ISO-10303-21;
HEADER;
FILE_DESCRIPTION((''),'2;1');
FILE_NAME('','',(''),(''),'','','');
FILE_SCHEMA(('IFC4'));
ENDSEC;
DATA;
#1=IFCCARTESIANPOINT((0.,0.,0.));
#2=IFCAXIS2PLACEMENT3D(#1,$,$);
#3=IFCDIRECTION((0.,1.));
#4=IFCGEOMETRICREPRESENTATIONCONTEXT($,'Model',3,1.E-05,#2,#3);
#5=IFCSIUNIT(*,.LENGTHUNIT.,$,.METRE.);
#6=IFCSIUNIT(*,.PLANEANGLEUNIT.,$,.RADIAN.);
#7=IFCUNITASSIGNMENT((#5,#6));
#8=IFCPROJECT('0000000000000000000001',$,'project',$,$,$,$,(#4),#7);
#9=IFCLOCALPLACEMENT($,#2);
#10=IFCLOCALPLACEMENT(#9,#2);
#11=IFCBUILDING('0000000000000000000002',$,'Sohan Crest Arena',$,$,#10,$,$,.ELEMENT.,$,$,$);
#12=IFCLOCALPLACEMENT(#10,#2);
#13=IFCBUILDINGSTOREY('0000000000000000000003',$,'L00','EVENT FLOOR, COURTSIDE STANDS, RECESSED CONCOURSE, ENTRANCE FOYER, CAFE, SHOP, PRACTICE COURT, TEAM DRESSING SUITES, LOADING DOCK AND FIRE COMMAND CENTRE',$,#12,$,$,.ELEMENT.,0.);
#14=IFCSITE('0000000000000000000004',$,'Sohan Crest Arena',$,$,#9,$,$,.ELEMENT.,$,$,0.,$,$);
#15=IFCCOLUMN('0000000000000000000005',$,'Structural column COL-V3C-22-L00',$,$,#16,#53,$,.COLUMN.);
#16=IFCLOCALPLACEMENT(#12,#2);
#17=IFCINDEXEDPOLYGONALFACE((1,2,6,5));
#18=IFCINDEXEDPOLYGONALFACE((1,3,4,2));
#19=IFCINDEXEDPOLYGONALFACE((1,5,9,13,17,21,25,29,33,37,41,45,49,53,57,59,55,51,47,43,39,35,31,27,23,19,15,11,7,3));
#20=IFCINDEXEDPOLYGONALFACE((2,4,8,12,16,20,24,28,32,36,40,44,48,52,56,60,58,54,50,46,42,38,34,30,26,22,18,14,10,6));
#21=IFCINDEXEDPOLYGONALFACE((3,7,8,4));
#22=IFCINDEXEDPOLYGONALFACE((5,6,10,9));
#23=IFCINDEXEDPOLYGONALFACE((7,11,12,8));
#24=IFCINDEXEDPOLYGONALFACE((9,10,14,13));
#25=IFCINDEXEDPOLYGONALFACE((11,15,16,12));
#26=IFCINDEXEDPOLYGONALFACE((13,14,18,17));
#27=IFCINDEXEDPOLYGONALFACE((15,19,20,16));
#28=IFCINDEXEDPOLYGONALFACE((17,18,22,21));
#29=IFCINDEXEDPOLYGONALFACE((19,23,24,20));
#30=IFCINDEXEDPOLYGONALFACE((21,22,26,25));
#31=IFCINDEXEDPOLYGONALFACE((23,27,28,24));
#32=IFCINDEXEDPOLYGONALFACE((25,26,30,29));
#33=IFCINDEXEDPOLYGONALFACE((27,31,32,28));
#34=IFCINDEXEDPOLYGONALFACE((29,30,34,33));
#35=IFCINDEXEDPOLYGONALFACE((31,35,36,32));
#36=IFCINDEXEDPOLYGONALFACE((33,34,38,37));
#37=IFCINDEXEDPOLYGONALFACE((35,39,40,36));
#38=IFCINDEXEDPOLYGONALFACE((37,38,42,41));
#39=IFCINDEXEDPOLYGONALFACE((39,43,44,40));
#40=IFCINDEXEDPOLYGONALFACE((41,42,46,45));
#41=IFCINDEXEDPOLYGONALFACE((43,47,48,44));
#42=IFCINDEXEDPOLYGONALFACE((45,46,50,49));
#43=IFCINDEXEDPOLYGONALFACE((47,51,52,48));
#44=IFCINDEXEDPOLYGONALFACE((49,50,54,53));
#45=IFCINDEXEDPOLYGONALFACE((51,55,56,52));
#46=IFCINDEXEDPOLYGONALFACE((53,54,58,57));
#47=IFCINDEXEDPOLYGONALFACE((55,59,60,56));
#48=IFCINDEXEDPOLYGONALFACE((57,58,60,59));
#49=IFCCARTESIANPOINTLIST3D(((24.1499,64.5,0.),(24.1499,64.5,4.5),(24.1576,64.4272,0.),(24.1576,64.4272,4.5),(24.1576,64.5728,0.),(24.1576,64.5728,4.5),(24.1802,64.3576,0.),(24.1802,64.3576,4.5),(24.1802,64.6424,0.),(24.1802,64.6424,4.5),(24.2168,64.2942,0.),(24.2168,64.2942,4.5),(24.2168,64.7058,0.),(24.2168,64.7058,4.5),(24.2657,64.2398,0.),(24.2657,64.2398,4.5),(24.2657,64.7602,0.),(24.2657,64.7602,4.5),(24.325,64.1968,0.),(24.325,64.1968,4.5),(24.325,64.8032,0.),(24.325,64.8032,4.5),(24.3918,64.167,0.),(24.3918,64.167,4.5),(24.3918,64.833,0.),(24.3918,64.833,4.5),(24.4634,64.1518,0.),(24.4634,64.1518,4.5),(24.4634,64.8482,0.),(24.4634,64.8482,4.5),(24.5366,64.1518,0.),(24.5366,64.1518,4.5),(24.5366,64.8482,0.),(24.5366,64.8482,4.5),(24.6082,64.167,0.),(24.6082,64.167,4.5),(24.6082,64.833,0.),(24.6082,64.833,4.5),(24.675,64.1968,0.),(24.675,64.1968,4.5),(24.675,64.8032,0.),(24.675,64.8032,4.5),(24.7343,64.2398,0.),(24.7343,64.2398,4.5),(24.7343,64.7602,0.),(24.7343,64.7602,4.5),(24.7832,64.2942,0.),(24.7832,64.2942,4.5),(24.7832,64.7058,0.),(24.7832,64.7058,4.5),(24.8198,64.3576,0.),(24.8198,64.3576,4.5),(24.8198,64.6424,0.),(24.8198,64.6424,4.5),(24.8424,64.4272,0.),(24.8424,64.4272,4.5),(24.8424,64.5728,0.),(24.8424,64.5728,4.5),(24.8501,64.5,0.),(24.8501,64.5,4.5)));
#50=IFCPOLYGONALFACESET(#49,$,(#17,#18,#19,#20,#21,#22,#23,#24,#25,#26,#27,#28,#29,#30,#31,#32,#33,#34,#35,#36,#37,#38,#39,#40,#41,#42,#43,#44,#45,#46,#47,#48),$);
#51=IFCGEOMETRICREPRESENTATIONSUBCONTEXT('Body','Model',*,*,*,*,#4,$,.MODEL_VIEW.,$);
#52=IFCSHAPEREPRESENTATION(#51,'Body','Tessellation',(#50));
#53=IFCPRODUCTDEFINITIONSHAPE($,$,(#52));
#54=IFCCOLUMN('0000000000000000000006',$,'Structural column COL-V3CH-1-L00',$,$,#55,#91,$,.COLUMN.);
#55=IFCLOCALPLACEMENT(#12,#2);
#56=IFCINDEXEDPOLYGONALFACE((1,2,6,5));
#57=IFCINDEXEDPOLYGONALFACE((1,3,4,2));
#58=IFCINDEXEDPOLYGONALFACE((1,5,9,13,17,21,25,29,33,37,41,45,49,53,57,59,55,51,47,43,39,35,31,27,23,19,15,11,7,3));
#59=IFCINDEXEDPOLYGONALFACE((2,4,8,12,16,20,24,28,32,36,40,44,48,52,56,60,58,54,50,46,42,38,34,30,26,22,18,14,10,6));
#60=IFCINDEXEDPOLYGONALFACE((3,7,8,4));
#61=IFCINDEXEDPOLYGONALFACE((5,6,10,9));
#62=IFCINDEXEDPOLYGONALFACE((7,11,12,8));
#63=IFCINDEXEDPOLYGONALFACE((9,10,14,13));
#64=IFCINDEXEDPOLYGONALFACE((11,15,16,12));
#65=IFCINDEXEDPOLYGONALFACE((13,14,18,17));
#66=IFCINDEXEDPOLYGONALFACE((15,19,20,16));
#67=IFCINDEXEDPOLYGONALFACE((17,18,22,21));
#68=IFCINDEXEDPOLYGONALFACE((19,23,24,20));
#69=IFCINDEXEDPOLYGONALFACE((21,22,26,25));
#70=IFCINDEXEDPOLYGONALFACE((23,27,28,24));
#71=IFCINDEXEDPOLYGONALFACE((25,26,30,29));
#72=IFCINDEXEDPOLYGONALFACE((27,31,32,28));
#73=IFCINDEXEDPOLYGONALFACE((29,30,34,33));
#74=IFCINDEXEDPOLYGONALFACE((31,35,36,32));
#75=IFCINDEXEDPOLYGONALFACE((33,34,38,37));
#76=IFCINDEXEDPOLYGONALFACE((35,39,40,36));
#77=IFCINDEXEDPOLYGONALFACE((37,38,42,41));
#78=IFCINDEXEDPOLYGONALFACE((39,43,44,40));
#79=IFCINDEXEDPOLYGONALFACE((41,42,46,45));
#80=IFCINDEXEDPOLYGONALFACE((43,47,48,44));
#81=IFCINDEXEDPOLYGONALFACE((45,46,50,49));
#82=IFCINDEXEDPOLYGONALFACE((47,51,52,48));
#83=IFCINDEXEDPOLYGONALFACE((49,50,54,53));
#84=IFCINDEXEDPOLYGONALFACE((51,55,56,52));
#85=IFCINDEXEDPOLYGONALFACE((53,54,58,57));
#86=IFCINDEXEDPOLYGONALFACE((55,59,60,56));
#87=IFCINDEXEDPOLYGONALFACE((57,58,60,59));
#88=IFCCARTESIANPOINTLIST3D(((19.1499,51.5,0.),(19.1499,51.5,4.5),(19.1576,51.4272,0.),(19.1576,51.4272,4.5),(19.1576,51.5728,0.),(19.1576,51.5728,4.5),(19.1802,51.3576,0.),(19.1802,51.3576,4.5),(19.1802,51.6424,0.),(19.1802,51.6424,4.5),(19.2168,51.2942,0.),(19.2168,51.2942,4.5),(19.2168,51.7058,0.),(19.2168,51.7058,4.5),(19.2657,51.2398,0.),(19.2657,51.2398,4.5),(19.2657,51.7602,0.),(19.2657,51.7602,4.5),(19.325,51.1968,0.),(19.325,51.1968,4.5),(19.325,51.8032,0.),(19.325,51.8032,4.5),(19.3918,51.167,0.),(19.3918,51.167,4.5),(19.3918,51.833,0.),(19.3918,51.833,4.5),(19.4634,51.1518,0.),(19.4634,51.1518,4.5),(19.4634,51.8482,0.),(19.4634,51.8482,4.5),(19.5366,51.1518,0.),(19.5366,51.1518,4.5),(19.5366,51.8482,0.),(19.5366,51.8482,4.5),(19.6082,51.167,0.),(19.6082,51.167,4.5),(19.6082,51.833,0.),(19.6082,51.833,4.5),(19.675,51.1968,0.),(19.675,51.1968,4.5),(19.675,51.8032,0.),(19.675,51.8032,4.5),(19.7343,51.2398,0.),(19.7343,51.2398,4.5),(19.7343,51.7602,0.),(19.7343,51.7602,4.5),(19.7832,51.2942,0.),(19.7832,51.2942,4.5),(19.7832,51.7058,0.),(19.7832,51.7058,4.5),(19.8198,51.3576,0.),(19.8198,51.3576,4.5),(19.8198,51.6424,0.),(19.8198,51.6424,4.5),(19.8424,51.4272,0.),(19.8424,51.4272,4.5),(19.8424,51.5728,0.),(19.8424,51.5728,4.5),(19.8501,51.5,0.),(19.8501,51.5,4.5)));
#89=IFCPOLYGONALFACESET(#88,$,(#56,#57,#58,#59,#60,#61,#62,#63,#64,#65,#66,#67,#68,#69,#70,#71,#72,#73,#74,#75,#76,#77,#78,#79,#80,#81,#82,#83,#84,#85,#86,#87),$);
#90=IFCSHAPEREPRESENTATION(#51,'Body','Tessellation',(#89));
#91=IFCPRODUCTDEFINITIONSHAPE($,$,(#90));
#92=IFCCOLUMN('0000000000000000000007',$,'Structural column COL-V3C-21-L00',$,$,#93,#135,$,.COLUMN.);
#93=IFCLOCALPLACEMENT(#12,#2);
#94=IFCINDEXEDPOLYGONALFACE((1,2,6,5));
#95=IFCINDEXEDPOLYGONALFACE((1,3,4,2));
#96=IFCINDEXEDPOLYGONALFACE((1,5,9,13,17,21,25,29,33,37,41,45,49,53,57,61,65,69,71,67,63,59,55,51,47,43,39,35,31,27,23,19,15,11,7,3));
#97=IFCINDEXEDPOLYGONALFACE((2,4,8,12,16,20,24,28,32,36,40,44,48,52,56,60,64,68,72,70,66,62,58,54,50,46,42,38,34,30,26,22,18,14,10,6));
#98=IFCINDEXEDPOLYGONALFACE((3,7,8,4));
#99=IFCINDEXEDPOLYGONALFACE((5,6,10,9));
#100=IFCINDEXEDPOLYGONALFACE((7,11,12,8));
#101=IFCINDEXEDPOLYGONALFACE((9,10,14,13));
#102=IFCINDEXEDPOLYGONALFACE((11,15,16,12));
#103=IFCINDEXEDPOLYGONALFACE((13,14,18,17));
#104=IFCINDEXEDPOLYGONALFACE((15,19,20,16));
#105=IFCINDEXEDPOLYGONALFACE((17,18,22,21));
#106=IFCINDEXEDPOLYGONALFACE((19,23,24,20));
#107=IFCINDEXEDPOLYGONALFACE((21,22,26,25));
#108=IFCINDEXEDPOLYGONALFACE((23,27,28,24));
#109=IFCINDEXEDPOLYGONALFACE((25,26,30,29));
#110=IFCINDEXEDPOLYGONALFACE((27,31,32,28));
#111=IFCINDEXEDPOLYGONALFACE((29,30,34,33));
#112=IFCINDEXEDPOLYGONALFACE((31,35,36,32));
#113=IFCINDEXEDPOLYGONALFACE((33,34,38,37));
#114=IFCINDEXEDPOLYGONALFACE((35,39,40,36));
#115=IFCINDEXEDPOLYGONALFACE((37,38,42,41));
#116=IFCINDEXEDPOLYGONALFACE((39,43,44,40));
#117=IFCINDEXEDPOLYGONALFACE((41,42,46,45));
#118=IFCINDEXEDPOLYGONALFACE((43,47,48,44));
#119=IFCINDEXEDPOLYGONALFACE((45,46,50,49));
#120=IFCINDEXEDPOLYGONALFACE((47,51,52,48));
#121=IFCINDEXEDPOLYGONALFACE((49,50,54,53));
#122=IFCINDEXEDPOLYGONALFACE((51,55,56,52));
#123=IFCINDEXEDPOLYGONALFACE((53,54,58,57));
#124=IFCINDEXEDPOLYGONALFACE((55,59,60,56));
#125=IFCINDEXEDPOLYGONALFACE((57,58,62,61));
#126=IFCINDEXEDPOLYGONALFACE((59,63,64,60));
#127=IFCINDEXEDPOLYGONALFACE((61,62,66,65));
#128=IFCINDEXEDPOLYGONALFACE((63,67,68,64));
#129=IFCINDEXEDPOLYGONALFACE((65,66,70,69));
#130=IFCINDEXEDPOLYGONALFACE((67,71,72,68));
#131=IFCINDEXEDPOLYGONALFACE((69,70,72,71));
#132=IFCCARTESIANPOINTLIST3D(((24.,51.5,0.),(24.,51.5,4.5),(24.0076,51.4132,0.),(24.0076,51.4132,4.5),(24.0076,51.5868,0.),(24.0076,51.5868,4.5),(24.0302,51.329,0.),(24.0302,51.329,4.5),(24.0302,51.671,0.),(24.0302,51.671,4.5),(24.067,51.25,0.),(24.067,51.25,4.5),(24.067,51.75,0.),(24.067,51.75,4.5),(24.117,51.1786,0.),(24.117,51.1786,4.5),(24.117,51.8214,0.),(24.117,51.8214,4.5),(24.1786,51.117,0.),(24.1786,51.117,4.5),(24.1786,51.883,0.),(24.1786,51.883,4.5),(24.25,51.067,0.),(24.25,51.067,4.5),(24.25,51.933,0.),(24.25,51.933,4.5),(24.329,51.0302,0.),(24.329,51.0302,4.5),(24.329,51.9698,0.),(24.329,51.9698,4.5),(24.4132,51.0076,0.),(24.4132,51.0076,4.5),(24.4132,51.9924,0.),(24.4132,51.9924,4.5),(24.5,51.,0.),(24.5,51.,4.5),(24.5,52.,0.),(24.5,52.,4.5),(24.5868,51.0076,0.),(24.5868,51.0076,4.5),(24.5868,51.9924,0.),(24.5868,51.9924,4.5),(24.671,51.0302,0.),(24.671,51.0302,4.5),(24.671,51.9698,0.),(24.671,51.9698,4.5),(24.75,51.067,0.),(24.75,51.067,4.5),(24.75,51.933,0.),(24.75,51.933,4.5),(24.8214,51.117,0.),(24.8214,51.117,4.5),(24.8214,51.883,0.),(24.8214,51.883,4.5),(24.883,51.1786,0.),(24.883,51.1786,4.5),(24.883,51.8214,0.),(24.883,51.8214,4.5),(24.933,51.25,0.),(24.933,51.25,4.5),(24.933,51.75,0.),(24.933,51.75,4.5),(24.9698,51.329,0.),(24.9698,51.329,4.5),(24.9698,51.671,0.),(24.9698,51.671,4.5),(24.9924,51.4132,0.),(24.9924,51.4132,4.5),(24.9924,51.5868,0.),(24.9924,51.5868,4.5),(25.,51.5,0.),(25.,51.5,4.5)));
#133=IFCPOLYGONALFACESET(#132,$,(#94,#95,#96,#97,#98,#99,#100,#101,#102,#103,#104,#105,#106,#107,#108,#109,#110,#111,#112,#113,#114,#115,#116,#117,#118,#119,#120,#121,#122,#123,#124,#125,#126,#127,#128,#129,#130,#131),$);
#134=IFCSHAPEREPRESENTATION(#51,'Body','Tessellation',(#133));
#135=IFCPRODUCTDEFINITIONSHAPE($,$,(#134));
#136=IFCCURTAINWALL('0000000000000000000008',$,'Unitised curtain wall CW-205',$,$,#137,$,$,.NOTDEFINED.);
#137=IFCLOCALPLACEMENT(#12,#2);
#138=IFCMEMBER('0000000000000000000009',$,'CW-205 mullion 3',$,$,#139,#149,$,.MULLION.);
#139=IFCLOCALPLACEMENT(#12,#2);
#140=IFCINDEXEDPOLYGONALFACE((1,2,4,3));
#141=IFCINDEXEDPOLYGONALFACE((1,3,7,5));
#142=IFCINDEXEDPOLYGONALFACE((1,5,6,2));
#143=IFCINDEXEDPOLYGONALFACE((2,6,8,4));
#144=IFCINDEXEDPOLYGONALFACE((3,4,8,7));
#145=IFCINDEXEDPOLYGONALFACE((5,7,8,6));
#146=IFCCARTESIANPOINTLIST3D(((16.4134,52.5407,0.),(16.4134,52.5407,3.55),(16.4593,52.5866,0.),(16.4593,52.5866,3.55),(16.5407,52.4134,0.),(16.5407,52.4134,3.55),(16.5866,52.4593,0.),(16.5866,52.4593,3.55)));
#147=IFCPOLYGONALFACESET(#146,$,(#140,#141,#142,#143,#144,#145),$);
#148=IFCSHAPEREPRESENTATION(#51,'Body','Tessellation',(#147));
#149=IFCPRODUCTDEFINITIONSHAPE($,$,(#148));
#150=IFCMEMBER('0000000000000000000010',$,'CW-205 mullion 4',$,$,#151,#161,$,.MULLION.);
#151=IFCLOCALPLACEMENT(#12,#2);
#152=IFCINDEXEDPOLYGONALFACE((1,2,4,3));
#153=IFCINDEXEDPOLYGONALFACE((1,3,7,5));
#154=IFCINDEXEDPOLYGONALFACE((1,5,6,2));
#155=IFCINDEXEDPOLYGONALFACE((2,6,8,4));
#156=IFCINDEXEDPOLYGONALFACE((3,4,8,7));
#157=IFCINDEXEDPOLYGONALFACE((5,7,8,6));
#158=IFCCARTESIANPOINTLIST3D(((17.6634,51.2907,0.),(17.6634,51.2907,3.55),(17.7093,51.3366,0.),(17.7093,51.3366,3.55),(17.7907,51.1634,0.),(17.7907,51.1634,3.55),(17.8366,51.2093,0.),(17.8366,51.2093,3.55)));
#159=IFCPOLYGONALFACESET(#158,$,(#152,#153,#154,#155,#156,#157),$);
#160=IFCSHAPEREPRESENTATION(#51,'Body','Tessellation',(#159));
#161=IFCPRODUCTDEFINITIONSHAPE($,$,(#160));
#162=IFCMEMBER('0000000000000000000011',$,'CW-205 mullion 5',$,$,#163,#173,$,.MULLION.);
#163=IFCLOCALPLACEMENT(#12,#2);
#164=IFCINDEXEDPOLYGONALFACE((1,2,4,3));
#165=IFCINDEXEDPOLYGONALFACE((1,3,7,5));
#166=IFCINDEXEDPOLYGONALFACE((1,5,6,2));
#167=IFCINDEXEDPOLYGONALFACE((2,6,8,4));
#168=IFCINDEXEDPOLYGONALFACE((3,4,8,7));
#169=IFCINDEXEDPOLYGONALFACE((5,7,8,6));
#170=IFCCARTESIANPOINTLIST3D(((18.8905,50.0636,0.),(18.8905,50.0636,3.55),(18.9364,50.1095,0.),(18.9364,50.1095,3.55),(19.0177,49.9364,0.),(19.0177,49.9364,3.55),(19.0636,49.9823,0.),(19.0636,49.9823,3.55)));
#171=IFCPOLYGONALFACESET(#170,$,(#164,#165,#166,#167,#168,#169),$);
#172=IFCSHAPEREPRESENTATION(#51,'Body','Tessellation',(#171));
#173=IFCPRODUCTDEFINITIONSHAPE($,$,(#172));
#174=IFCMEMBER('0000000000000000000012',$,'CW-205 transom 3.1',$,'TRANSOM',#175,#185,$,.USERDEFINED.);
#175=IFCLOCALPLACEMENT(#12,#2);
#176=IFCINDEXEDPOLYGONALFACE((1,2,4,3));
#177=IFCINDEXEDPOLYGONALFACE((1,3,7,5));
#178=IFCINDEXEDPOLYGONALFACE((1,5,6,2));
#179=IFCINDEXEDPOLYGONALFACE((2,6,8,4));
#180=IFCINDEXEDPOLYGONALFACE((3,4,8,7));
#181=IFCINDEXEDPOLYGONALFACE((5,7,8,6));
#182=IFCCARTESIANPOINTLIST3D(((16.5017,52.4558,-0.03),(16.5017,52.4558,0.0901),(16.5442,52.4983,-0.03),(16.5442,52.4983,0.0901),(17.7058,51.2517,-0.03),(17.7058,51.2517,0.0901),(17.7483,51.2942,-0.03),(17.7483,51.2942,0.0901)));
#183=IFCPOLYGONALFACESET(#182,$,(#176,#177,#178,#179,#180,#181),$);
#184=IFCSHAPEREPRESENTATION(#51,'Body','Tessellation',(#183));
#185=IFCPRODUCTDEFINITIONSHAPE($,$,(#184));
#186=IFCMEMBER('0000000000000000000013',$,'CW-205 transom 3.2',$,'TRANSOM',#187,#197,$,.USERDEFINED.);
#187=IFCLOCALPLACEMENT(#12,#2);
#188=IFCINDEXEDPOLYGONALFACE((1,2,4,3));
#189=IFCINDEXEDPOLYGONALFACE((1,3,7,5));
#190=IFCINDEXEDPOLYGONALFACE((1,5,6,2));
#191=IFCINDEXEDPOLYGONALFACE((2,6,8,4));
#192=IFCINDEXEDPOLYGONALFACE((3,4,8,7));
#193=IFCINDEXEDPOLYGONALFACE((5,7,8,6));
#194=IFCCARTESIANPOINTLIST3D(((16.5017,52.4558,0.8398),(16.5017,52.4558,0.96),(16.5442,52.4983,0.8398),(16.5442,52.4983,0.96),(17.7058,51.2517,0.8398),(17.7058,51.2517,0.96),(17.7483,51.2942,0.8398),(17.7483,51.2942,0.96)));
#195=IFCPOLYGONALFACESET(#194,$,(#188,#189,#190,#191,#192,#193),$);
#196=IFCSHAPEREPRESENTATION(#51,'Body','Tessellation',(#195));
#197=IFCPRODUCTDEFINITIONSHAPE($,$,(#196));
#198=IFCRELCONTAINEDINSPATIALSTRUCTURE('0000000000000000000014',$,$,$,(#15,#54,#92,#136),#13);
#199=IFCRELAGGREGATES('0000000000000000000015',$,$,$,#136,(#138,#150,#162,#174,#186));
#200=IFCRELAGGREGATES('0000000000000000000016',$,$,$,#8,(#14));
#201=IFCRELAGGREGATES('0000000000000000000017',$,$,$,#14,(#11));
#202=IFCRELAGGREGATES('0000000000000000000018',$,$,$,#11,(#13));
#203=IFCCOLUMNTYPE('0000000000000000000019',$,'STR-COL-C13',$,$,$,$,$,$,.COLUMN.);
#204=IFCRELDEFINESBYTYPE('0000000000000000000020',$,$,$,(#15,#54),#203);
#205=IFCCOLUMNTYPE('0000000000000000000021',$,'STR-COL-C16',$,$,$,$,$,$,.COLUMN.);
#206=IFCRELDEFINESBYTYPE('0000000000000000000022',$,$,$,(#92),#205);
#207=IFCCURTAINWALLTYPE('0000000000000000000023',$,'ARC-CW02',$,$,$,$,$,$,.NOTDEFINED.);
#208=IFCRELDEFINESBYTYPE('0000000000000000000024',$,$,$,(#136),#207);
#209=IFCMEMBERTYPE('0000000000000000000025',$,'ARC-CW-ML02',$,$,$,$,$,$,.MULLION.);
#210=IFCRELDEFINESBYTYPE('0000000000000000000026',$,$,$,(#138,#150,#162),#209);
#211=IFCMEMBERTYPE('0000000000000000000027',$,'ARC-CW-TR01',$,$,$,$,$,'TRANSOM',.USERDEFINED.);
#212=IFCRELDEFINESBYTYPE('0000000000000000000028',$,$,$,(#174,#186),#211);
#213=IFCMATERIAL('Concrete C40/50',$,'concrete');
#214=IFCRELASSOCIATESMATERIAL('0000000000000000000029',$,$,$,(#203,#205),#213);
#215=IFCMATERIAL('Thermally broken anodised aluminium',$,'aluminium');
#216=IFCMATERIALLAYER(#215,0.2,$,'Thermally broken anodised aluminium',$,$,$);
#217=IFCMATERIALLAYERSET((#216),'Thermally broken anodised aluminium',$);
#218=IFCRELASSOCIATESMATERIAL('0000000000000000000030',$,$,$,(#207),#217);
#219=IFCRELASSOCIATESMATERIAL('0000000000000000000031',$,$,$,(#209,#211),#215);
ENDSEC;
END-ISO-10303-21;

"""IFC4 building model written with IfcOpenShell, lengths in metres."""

from ifc_helpers import new_model, si_unit, direction, frame, origin, origin_2d, place, context, subcontext, project, spatial, rectangle, circle, extrude, material, layer, layer_set, material_profile, profile_set, type_object, element, aggregate, save


model = new_model("IFC4")

# Units and contexts
model_context = context("Model", 3, precision=1e-05, world=origin(), true_north=direction((0.0, 1.0)))
body_context = subcontext(model_context, "Body", "Model", "MODEL_VIEW")
ifc_project = project(units=[si_unit("LENGTHUNIT", "METRE"), si_unit("PLANEANGLEUNIT", "RADIAN")], contexts=[model_context])

# Site, building, storey
site_placement = place(None, origin())
site = spatial("IfcSite", under=ifc_project, at=site_placement, Name="Sohan Crest Arena", CompositionType="ELEMENT", RefElevation=0.0)
building_placement = place(site_placement, origin())
building = spatial("IfcBuilding", under=site, at=building_placement, Name="Sohan Crest Arena", CompositionType="ELEMENT")
storey_placement = place(building_placement, origin())
storey = spatial("IfcBuildingStorey", under=building, at=storey_placement, Name="L00", Description="EVENT FLOOR, COURTSIDE STANDS, RECESSED CONCOURSE, ENTRANCE FOYER, CAFE, SHOP, PRACTICE COURT, TEAM DRESSING SUITES, LOADING DOCK AND FIRE COMMAND CENTRE", CompositionType="ELEMENT", Elevation=0.0)

# Columns
ifc_material_1 = material(Name="Concrete C40/50", Category="concrete")
ifc_material_profile_1 = material_profile(ifc_material_1, circle(Radius=0.3501, at=origin_2d()), Name="RC D700")
ifc_profile_set_1 = profile_set([ifc_material_profile_1], Name="Concrete C40/50")
column_type_1 = type_object("IfcColumnType", Name="STR-COL-C13", PredefinedType="COLUMN", material=ifc_profile_set_1)
for number, where, z_axis, x_axis, name in (
    (1, (24.5, 64.5, 0.0), (0.0, 0.0, 1.0), (1.0, 0.0, 0.0), "Structural column COL-V3C-22-L00"),
    (2, (19.5, 51.5, 0.0), (0.0, 0.0, 1.0), (1.0, 0.0, 0.0), "Structural column COL-V3CH-1-L00"),
):
    element("IfcColumn", number, at=place(storey_placement, frame(where, z_axis=z_axis, x_axis=x_axis)), inside=storey, type_object=column_type_1, Name=name, PredefinedType="COLUMN", context=body_context, shape_type="SweptSolid", body=[
        extrude(circle(Radius=0.3501, at=origin_2d()), origin(), (0.0, 0.0, 1.0), 4.5),
    ])
ifc_material_profile_2 = material_profile(ifc_material_1, circle(Radius=0.5, at=origin_2d()), Name="RC D1000")
ifc_profile_set_2 = profile_set([ifc_material_profile_2], Name="Concrete C40/50")
column_type_2 = type_object("IfcColumnType", Name="STR-COL-C16", PredefinedType="COLUMN", material=ifc_profile_set_2)
column_placement = place(storey_placement, frame((24.5, 51.5, 0.0), z_axis=(0.0, 0.0, 1.0), x_axis=(1.0, 0.0, 0.0)))
element("IfcColumn", 3, at=column_placement, inside=storey, type_object=column_type_2, Name="Structural column COL-V3C-21-L00", PredefinedType="COLUMN", context=body_context, shape_type="SweptSolid", body=[
    extrude(circle(Radius=0.5, at=origin_2d()), origin(), (0.0, 0.0, 1.0), 4.5),
])

# Curtain wall, members
ifc_material_2 = material(Name="Thermally broken anodised aluminium", Category="aluminium")
ifc_layer_1 = layer(ifc_material_2, 0.2, Name="Thermally broken anodised aluminium")
ifc_layer_set_1 = layer_set([ifc_layer_1], Name="Thermally broken anodised aluminium")
curtain_wall_type = type_object("IfcCurtainWallType", Name="ARC-CW02", PredefinedType="NOTDEFINED", material=ifc_layer_set_1)
curtain_wall_placement = place(storey_placement, origin())
curtain_wall = element("IfcCurtainWall", 4, at=curtain_wall_placement, inside=storey, type_object=curtain_wall_type, Name="Unitised curtain wall CW-205", PredefinedType="NOTDEFINED")
ifc_material_profile_3 = material_profile(ifc_material_2, rectangle(XDim=0.0649, YDim=0.1799, at=origin_2d()), Name="ALU-MULL 65x180")
ifc_profile_set_3 = profile_set([ifc_material_profile_3], Name="Thermally broken anodised aluminium")
member_type_1 = type_object("IfcMemberType", Name="ARC-CW-ML02", PredefinedType="MULLION", material=ifc_profile_set_3)
member_1_placement = place(storey_placement, frame((16.5, 52.5, 0.0), z_axis=(0.0, 0.0, 1.0), x_axis=(0.707107, 0.707107, 0.0)))
member_1 = element("IfcMember", 5, at=member_1_placement, type_object=member_type_1, Name="CW-205 mullion 3", PredefinedType="MULLION", context=body_context, shape_type="SweptSolid", body=[
    extrude(rectangle(XDim=0.0649, YDim=0.1799, at=origin_2d()), origin(), (0.0, 0.0, 1.0), 3.55),
])
member_2_placement = place(storey_placement, frame((17.75, 51.25, 0.0), z_axis=(0.0, 0.0, 1.0), x_axis=(0.707107, 0.707107, 0.0)))
member_2 = element("IfcMember", 6, at=member_2_placement, type_object=member_type_1, Name="CW-205 mullion 4", PredefinedType="MULLION", context=body_context, shape_type="SweptSolid", body=[
    extrude(rectangle(XDim=0.0649, YDim=0.1799, at=origin_2d()), origin(), (0.0, 0.0, 1.0), 3.55),
])
member_3_placement = place(storey_placement, frame((18.9771, 50.0229, 0.0), z_axis=(0.0, 0.0, 1.0), x_axis=(0.707107, 0.707107, 0.0)))
member_3 = element("IfcMember", 7, at=member_3_placement, type_object=member_type_1, Name="CW-205 mullion 5", PredefinedType="MULLION", context=body_context, shape_type="SweptSolid", body=[
    extrude(rectangle(XDim=0.0649, YDim=0.1799, at=origin_2d()), origin(), (0.0, 0.0, 1.0), 3.55),
])
ifc_material_profile_4 = material_profile(ifc_material_2, rectangle(XDim=0.0601, YDim=0.1201, at=origin_2d()), Name="ALU-TRAN 60x120")
ifc_profile_set_4 = profile_set([ifc_material_profile_4], Name="Thermally broken anodised aluminium")
member_type_2 = type_object("IfcMemberType", Name="ARC-CW-TR01", ElementType="TRANSOM", PredefinedType="USERDEFINED", material=ifc_profile_set_4)
member_4_placement = place(storey_placement, frame((16.5229, 52.4771, 0.03), z_axis=(0.707107, -0.707107, 0.0), x_axis=(0.707107, 0.707107, 0.0)))
member_4 = element("IfcMember", 8, at=member_4_placement, type_object=member_type_2, Name="CW-205 transom 3.1", ObjectType="TRANSOM", PredefinedType="USERDEFINED", context=body_context, shape_type="SweptSolid", body=[
    extrude(rectangle(XDim=0.0601, YDim=0.1201, at=origin_2d()), origin(), (0.0, 0.0, 1.0), 1.7029),
])
member_5_placement = place(storey_placement, frame((16.5229, 52.4771, 0.8999), z_axis=(0.707107, -0.707107, 0.0), x_axis=(0.707107, 0.707107, 0.0)))
member_5 = element("IfcMember", 9, at=member_5_placement, type_object=member_type_2, Name="CW-205 transom 3.2", ObjectType="TRANSOM", PredefinedType="USERDEFINED", context=body_context, shape_type="SweptSolid", body=[
    extrude(rectangle(XDim=0.0601, YDim=0.1201, at=origin_2d()), origin(), (0.0, 0.0, 1.0), 1.7029),
])

aggregate(curtain_wall, [member_1, member_2, member_3, member_4, member_5])

save(model, "model.ifc")
